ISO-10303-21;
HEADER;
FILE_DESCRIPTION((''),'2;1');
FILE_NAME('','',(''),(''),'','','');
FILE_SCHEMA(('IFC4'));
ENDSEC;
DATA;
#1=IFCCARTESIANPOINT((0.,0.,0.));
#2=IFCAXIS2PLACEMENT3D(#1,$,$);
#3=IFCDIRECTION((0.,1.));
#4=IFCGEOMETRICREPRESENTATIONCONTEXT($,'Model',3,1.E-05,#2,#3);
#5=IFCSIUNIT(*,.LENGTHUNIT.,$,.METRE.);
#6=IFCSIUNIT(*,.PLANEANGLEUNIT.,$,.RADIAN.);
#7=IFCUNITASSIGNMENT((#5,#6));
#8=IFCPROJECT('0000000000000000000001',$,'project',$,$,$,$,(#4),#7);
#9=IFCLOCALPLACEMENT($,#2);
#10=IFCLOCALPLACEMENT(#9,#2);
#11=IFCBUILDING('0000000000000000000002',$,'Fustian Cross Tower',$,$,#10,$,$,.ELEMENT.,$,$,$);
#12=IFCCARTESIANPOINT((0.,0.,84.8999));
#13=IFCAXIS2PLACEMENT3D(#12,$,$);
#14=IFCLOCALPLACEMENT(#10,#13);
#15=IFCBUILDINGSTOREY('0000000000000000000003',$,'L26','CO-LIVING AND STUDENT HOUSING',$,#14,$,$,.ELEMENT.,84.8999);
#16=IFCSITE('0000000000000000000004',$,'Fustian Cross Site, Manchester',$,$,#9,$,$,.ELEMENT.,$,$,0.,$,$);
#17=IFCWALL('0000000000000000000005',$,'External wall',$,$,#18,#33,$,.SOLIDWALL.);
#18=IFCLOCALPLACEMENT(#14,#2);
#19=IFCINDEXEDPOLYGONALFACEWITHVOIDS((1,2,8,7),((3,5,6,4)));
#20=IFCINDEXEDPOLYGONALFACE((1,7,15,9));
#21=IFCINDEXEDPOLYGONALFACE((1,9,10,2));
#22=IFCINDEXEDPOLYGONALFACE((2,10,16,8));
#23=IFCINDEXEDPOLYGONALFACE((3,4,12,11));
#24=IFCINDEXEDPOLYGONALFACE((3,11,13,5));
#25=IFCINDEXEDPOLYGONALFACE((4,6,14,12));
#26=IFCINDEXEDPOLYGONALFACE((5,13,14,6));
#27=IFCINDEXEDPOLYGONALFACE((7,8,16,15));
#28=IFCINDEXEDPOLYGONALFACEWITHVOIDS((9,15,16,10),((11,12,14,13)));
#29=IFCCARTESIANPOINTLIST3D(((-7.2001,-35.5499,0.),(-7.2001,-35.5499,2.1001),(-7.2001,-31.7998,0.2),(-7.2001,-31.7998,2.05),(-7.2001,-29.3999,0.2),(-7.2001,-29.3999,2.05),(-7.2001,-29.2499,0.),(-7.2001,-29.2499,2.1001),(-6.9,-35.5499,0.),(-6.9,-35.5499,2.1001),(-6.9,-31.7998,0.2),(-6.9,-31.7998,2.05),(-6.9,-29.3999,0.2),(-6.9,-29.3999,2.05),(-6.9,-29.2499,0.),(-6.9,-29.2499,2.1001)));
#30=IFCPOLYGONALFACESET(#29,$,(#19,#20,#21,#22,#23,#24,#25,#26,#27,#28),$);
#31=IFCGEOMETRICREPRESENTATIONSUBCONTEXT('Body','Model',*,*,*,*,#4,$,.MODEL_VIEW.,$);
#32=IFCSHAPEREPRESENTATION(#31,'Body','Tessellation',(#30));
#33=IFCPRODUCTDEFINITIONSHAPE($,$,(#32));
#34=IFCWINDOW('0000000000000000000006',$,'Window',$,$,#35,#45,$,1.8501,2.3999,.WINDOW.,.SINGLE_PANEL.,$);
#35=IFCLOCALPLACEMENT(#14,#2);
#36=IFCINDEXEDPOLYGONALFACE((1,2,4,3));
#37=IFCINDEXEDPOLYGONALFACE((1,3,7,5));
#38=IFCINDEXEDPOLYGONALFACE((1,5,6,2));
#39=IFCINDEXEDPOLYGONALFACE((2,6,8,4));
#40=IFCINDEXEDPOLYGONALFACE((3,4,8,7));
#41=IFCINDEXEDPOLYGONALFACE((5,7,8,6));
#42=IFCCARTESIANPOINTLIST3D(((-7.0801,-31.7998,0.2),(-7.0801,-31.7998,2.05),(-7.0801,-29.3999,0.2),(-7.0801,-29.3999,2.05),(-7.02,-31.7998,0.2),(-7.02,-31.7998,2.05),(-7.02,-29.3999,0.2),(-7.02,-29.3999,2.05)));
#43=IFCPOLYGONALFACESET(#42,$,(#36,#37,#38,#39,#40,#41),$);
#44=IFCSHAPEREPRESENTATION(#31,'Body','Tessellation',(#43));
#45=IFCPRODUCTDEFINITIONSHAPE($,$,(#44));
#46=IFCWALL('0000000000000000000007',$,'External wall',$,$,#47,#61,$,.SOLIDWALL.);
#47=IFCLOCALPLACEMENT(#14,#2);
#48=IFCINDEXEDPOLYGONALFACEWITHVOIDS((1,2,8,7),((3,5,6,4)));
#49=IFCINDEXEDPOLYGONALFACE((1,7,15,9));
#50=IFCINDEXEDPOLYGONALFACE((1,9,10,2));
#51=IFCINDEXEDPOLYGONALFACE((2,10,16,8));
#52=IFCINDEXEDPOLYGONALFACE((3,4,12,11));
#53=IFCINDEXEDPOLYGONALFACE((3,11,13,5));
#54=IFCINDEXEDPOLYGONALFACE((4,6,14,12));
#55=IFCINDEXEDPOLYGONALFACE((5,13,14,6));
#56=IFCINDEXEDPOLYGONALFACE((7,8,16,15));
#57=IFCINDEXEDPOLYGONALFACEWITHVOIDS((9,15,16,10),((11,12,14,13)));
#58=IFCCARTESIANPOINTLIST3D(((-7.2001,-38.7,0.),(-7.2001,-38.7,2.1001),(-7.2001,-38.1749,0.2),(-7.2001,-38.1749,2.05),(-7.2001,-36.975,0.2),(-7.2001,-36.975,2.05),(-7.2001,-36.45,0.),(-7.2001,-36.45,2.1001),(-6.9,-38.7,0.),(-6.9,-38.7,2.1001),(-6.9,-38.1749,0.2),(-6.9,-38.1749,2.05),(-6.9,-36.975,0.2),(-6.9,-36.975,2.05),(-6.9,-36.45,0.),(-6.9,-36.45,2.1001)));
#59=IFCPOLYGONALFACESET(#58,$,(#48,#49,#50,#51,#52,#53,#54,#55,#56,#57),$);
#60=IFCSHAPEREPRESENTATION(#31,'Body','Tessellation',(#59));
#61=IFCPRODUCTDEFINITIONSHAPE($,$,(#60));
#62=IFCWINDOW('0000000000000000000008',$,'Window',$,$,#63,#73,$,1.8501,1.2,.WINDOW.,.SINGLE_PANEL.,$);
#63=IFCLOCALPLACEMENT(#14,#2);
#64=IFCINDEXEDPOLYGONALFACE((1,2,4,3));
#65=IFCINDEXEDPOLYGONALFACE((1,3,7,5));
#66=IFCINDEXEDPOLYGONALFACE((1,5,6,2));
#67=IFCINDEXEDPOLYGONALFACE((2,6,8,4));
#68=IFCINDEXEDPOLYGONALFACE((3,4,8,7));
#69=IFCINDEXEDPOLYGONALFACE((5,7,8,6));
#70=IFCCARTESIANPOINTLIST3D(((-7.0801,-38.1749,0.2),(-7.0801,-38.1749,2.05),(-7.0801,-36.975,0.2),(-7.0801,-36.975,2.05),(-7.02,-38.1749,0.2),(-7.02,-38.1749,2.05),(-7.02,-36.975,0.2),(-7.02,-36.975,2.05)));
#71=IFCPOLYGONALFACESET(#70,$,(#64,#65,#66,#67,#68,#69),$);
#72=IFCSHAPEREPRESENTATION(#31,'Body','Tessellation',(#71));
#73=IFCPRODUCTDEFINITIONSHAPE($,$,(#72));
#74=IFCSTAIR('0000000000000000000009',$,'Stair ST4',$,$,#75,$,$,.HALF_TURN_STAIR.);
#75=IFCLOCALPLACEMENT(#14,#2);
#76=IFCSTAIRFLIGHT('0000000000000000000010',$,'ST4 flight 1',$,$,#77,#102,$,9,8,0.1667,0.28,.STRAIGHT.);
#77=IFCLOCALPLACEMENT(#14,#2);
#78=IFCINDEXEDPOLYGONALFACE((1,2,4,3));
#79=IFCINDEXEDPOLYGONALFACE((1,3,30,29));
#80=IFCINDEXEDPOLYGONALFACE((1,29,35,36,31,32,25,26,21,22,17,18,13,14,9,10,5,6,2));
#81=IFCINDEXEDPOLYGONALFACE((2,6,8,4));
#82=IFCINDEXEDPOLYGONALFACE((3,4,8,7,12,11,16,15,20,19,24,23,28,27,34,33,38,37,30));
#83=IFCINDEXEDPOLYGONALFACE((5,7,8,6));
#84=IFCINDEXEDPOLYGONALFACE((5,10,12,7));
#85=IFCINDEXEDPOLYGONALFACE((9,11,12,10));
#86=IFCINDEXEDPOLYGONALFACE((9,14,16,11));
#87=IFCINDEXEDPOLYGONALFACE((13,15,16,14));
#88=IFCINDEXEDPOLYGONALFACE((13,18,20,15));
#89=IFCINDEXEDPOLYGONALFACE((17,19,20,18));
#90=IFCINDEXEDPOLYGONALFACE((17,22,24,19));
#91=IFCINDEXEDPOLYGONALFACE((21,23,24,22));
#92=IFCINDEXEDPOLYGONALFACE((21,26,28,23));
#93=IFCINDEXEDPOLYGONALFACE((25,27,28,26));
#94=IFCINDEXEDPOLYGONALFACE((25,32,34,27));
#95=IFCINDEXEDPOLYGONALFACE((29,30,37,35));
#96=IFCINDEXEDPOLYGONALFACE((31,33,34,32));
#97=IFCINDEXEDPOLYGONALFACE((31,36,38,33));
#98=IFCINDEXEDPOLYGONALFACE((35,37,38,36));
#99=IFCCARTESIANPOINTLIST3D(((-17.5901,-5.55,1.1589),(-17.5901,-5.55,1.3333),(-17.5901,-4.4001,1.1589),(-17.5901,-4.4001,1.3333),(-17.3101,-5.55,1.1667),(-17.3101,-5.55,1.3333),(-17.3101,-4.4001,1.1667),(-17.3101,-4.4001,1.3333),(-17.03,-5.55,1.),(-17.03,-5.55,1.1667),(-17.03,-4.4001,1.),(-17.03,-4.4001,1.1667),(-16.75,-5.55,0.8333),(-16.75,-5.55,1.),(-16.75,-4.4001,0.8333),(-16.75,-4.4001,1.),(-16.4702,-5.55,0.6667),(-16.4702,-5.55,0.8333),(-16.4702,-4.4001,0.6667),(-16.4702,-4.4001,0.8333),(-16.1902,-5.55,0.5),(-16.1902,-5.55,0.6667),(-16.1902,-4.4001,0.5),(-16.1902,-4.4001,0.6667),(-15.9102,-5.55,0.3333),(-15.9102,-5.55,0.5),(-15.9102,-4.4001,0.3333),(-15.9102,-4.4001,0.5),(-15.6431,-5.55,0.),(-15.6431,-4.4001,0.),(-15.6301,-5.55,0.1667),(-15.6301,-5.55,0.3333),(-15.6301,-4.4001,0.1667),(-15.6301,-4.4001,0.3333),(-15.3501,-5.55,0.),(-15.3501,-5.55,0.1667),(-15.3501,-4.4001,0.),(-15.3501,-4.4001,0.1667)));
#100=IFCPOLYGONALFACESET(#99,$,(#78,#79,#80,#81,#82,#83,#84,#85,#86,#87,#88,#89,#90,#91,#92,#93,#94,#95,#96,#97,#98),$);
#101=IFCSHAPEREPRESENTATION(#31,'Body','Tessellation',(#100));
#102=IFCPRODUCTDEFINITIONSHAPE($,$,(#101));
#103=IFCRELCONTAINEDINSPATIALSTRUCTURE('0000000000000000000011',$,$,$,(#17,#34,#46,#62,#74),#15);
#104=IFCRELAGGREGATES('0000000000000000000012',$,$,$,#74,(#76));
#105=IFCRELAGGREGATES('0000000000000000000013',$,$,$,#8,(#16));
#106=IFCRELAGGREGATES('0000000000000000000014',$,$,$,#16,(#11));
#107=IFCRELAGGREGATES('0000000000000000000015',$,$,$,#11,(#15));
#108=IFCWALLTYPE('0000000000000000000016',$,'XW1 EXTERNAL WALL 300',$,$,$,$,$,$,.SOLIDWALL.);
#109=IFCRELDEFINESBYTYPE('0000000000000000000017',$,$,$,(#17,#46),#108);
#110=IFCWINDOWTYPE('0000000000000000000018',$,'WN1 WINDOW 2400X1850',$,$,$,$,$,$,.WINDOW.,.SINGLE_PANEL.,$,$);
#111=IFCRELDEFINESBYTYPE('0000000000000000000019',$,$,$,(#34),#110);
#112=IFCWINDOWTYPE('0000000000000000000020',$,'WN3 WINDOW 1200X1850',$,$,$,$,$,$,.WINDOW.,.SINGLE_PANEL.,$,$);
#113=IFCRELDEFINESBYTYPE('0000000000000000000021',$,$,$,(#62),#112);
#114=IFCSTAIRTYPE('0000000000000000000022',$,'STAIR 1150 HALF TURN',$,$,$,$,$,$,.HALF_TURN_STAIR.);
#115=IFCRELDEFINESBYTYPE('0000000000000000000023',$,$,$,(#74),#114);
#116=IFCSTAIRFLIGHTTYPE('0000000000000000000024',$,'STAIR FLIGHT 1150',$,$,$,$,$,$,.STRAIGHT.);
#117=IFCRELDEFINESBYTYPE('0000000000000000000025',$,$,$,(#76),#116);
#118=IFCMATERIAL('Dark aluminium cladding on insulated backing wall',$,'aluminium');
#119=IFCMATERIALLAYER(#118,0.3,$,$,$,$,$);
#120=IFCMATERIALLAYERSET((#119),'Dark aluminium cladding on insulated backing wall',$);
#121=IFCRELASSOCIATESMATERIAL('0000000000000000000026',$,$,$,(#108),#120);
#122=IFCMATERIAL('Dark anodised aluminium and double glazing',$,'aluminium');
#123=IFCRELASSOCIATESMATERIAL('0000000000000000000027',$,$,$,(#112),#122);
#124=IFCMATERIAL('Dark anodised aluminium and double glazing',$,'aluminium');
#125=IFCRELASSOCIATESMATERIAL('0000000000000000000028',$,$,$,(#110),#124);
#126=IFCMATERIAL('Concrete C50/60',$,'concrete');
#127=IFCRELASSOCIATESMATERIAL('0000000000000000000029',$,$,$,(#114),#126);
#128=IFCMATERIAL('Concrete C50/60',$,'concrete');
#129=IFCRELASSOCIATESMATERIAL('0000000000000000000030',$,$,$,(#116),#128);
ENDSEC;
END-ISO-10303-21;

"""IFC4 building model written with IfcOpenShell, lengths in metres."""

from ifc_helpers import new_model, si_unit, direction, frame, frame_2d, origin, place, context, subcontext, project, spatial, polyline, rectangle, outline, extrude, material, layer, layer_set, type_object, element, fill, aggregate, save


model = new_model("IFC4")

# Units and contexts
model_context = context("Model", 3, precision=1e-05, world=origin(), true_north=direction((0.0, 1.0)))
body_context = subcontext(model_context, "Body", "Model", "MODEL_VIEW")
ifc_project = project(units=[si_unit("LENGTHUNIT", "METRE"), si_unit("PLANEANGLEUNIT", "RADIAN")], contexts=[model_context])

# Site, building, storey
site_placement = place(None, origin())
site = spatial("IfcSite", under=ifc_project, at=site_placement, Name="Fustian Cross Site, Manchester", CompositionType="ELEMENT", RefElevation=0.0)
building_placement = place(site_placement, origin())
building = spatial("IfcBuilding", under=site, at=building_placement, Name="Fustian Cross Tower", CompositionType="ELEMENT")
storey_placement = place(building_placement, frame((0.0, 0.0, 84.8999)))
storey = spatial("IfcBuildingStorey", under=building, at=storey_placement, Name="L26", Description="CO-LIVING AND STUDENT HOUSING", CompositionType="ELEMENT", Elevation=84.8999)

# Shared definitions
ifc_material_1 = material(Name="Dark aluminium cladding on insulated backing wall", Category="aluminium")
ifc_layer_1 = layer(ifc_material_1, 0.3)
ifc_layer_set_1 = layer_set([ifc_layer_1], Name="Dark aluminium cladding on insulated backing wall")
wall_type_1 = type_object("IfcWallType", Name="XW1 EXTERNAL WALL 300", PredefinedType="SOLIDWALL", material=ifc_layer_set_1)

# Shared definitions
ifc_material_2 = material(Name="Dark anodised aluminium and double glazing", Category="aluminium")
window_type_1 = type_object("IfcWindowType", Name="WN3 WINDOW 1200X1850", PartitioningType="SINGLE_PANEL", PredefinedType="WINDOW", material=ifc_material_2)

# Walls, openings, windows
wall_1_placement = place(storey_placement, frame((-7.05, -29.25, 0.0), z_axis=(0.0, 0.0, 1.0), x_axis=(0.0, -1.0, 0.0)))
wall_1 = element("IfcWall", 1, at=wall_1_placement, inside=storey, type_object=wall_type_1, Name="External wall", PredefinedType="SOLIDWALL", context=body_context, shape_type="SweptSolid", body=[
    extrude(rectangle(XDim=6.3, YDim=0.3, at=frame_2d((3.1499, 0.0))), origin(), (0.0, 0.0, 1.0), 2.1001),
])
opening_1_placement = place(wall_1_placement, frame((0.1499, 0.0, 0.2)))
opening_1 = element("IfcOpeningElement", 2, at=opening_1_placement, cuts=wall_1, PredefinedType="OPENING", context=body_context, shape_type="SweptSolid", body=[
    extrude(rectangle(XDim=2.3999, YDim=1.8501, at=frame_2d((1.2, 0.925))), frame((0.0, 0.1599, 0.0), z_axis=(0.0, -1.0, 0.0), x_axis=(1.0, 0.0, 0.0)), (0.0, 0.0, 1.0), 0.3201),
])
ifc_material_3 = material(Name="Dark anodised aluminium and double glazing", Category="aluminium")
window_type_2 = type_object("IfcWindowType", Name="WN1 WINDOW 2400X1850", PartitioningType="SINGLE_PANEL", PredefinedType="WINDOW", material=ifc_material_3)
window_1_placement = place(opening_1_placement, origin())
window_1 = element("IfcWindow", 3, at=window_1_placement, inside=storey, type_object=window_type_2, Name="Window", OverallHeight=1.8501, OverallWidth=2.3999, PartitioningType="SINGLE_PANEL", PredefinedType="WINDOW", context=body_context, shape_type="SweptSolid", body=[
    extrude(rectangle(XDim=2.3999, YDim=1.8501, at=frame_2d((1.2, 0.925))), frame((0.0, 0.03, 0.0), z_axis=(0.0, -1.0, 0.0), x_axis=(1.0, 0.0, 0.0)), (0.0, 0.0, 1.0), 0.0601),
])
fill(opening_1, window_1)
wall_2_placement = place(storey_placement, frame((-7.05, -36.45, 0.0), z_axis=(0.0, 0.0, 1.0), x_axis=(0.0, -1.0, 0.0)))
wall_2 = element("IfcWall", 4, at=wall_2_placement, inside=storey, type_object=wall_type_1, Name="External wall", PredefinedType="SOLIDWALL", context=body_context, shape_type="SweptSolid", body=[
    extrude(rectangle(XDim=2.25, YDim=0.3, at=frame_2d((1.125, 0.0))), origin(), (0.0, 0.0, 1.0), 2.1001),
])
opening_2_placement = place(wall_2_placement, frame((0.5249, 0.0, 0.2)))
opening_2 = element("IfcOpeningElement", 5, at=opening_2_placement, cuts=wall_2, PredefinedType="OPENING", context=body_context, shape_type="SweptSolid", body=[
    extrude(rectangle(XDim=1.2, YDim=1.8501, at=frame_2d((0.6001, 0.925))), frame((0.0, 0.1599, 0.0), z_axis=(0.0, -1.0, 0.0), x_axis=(1.0, 0.0, 0.0)), (0.0, 0.0, 1.0), 0.3201),
])
window_2_placement = place(opening_2_placement, origin())
window_2 = element("IfcWindow", 6, at=window_2_placement, inside=storey, type_object=window_type_1, Name="Window", OverallHeight=1.8501, OverallWidth=1.2, PartitioningType="SINGLE_PANEL", PredefinedType="WINDOW", context=body_context, shape_type="SweptSolid", body=[
    extrude(rectangle(XDim=1.2, YDim=1.8501, at=frame_2d((0.6001, 0.925))), frame((0.0, 0.03, 0.0), z_axis=(0.0, -1.0, 0.0), x_axis=(1.0, 0.0, 0.0)), (0.0, 0.0, 1.0), 0.0601),
])
fill(opening_2, window_2)

# Stair, stair flight
ifc_material_4 = material(Name="Concrete C50/60", Category="concrete")
stair_type = type_object("IfcStairType", Name="STAIR 1150 HALF TURN", PredefinedType="HALF_TURN_STAIR", material=ifc_material_4)
stair_placement = place(storey_placement, origin())
stair = element("IfcStair", 7, at=stair_placement, inside=storey, type_object=stair_type, Name="Stair ST4", PredefinedType="HALF_TURN_STAIR")
ifc_material_5 = material(Name="Concrete C50/60", Category="concrete")
stair_flight_type = type_object("IfcStairFlightType", Name="STAIR FLIGHT 1150", PredefinedType="STRAIGHT", material=ifc_material_5)
stair_flight_placement = place(storey_placement, frame((-15.3501, -4.9751, 0.0), z_axis=(0.0, 0.0, 1.0), x_axis=(-1.0, 0.0, 0.0)))
stair_flight = element("IfcStairFlight", 8, at=stair_flight_placement, type_object=stair_flight_type, Name="ST4 flight 1", NumberOfRisers=9, NumberOfTreads=8, PredefinedType="STRAIGHT", RiserHeight=0.1667, TreadLength=0.28, context=body_context, shape_type="SweptSolid", body=[
    extrude(outline(polyline([(0.0, 0.0), (0.0, 0.1667), (0.28, 0.1667), (0.28, 0.3333), (0.5601, 0.3333), (0.5601, 0.5), (0.8401, 0.5), (0.8401, 0.6667), (1.1201, 0.6667), (1.1201, 0.8333), (1.3999, 0.8333), (1.3999, 1.0), (1.6799, 1.0), (1.6799, 1.1667), (1.96, 1.1667), (1.96, 1.3333), (2.24, 1.3333), (2.24, 1.5), (2.24, 1.1589), (0.293, 0.0), (0.0, 0.0)])), frame((0.0, 0.575, 0.0), z_axis=(0.0, -1.0, 0.0), x_axis=(1.0, 0.0, 0.0)), (0.0, 0.0, 1.0), 1.1499),
])
aggregate(stair, [stair_flight])

save(model, "model.ifc")
